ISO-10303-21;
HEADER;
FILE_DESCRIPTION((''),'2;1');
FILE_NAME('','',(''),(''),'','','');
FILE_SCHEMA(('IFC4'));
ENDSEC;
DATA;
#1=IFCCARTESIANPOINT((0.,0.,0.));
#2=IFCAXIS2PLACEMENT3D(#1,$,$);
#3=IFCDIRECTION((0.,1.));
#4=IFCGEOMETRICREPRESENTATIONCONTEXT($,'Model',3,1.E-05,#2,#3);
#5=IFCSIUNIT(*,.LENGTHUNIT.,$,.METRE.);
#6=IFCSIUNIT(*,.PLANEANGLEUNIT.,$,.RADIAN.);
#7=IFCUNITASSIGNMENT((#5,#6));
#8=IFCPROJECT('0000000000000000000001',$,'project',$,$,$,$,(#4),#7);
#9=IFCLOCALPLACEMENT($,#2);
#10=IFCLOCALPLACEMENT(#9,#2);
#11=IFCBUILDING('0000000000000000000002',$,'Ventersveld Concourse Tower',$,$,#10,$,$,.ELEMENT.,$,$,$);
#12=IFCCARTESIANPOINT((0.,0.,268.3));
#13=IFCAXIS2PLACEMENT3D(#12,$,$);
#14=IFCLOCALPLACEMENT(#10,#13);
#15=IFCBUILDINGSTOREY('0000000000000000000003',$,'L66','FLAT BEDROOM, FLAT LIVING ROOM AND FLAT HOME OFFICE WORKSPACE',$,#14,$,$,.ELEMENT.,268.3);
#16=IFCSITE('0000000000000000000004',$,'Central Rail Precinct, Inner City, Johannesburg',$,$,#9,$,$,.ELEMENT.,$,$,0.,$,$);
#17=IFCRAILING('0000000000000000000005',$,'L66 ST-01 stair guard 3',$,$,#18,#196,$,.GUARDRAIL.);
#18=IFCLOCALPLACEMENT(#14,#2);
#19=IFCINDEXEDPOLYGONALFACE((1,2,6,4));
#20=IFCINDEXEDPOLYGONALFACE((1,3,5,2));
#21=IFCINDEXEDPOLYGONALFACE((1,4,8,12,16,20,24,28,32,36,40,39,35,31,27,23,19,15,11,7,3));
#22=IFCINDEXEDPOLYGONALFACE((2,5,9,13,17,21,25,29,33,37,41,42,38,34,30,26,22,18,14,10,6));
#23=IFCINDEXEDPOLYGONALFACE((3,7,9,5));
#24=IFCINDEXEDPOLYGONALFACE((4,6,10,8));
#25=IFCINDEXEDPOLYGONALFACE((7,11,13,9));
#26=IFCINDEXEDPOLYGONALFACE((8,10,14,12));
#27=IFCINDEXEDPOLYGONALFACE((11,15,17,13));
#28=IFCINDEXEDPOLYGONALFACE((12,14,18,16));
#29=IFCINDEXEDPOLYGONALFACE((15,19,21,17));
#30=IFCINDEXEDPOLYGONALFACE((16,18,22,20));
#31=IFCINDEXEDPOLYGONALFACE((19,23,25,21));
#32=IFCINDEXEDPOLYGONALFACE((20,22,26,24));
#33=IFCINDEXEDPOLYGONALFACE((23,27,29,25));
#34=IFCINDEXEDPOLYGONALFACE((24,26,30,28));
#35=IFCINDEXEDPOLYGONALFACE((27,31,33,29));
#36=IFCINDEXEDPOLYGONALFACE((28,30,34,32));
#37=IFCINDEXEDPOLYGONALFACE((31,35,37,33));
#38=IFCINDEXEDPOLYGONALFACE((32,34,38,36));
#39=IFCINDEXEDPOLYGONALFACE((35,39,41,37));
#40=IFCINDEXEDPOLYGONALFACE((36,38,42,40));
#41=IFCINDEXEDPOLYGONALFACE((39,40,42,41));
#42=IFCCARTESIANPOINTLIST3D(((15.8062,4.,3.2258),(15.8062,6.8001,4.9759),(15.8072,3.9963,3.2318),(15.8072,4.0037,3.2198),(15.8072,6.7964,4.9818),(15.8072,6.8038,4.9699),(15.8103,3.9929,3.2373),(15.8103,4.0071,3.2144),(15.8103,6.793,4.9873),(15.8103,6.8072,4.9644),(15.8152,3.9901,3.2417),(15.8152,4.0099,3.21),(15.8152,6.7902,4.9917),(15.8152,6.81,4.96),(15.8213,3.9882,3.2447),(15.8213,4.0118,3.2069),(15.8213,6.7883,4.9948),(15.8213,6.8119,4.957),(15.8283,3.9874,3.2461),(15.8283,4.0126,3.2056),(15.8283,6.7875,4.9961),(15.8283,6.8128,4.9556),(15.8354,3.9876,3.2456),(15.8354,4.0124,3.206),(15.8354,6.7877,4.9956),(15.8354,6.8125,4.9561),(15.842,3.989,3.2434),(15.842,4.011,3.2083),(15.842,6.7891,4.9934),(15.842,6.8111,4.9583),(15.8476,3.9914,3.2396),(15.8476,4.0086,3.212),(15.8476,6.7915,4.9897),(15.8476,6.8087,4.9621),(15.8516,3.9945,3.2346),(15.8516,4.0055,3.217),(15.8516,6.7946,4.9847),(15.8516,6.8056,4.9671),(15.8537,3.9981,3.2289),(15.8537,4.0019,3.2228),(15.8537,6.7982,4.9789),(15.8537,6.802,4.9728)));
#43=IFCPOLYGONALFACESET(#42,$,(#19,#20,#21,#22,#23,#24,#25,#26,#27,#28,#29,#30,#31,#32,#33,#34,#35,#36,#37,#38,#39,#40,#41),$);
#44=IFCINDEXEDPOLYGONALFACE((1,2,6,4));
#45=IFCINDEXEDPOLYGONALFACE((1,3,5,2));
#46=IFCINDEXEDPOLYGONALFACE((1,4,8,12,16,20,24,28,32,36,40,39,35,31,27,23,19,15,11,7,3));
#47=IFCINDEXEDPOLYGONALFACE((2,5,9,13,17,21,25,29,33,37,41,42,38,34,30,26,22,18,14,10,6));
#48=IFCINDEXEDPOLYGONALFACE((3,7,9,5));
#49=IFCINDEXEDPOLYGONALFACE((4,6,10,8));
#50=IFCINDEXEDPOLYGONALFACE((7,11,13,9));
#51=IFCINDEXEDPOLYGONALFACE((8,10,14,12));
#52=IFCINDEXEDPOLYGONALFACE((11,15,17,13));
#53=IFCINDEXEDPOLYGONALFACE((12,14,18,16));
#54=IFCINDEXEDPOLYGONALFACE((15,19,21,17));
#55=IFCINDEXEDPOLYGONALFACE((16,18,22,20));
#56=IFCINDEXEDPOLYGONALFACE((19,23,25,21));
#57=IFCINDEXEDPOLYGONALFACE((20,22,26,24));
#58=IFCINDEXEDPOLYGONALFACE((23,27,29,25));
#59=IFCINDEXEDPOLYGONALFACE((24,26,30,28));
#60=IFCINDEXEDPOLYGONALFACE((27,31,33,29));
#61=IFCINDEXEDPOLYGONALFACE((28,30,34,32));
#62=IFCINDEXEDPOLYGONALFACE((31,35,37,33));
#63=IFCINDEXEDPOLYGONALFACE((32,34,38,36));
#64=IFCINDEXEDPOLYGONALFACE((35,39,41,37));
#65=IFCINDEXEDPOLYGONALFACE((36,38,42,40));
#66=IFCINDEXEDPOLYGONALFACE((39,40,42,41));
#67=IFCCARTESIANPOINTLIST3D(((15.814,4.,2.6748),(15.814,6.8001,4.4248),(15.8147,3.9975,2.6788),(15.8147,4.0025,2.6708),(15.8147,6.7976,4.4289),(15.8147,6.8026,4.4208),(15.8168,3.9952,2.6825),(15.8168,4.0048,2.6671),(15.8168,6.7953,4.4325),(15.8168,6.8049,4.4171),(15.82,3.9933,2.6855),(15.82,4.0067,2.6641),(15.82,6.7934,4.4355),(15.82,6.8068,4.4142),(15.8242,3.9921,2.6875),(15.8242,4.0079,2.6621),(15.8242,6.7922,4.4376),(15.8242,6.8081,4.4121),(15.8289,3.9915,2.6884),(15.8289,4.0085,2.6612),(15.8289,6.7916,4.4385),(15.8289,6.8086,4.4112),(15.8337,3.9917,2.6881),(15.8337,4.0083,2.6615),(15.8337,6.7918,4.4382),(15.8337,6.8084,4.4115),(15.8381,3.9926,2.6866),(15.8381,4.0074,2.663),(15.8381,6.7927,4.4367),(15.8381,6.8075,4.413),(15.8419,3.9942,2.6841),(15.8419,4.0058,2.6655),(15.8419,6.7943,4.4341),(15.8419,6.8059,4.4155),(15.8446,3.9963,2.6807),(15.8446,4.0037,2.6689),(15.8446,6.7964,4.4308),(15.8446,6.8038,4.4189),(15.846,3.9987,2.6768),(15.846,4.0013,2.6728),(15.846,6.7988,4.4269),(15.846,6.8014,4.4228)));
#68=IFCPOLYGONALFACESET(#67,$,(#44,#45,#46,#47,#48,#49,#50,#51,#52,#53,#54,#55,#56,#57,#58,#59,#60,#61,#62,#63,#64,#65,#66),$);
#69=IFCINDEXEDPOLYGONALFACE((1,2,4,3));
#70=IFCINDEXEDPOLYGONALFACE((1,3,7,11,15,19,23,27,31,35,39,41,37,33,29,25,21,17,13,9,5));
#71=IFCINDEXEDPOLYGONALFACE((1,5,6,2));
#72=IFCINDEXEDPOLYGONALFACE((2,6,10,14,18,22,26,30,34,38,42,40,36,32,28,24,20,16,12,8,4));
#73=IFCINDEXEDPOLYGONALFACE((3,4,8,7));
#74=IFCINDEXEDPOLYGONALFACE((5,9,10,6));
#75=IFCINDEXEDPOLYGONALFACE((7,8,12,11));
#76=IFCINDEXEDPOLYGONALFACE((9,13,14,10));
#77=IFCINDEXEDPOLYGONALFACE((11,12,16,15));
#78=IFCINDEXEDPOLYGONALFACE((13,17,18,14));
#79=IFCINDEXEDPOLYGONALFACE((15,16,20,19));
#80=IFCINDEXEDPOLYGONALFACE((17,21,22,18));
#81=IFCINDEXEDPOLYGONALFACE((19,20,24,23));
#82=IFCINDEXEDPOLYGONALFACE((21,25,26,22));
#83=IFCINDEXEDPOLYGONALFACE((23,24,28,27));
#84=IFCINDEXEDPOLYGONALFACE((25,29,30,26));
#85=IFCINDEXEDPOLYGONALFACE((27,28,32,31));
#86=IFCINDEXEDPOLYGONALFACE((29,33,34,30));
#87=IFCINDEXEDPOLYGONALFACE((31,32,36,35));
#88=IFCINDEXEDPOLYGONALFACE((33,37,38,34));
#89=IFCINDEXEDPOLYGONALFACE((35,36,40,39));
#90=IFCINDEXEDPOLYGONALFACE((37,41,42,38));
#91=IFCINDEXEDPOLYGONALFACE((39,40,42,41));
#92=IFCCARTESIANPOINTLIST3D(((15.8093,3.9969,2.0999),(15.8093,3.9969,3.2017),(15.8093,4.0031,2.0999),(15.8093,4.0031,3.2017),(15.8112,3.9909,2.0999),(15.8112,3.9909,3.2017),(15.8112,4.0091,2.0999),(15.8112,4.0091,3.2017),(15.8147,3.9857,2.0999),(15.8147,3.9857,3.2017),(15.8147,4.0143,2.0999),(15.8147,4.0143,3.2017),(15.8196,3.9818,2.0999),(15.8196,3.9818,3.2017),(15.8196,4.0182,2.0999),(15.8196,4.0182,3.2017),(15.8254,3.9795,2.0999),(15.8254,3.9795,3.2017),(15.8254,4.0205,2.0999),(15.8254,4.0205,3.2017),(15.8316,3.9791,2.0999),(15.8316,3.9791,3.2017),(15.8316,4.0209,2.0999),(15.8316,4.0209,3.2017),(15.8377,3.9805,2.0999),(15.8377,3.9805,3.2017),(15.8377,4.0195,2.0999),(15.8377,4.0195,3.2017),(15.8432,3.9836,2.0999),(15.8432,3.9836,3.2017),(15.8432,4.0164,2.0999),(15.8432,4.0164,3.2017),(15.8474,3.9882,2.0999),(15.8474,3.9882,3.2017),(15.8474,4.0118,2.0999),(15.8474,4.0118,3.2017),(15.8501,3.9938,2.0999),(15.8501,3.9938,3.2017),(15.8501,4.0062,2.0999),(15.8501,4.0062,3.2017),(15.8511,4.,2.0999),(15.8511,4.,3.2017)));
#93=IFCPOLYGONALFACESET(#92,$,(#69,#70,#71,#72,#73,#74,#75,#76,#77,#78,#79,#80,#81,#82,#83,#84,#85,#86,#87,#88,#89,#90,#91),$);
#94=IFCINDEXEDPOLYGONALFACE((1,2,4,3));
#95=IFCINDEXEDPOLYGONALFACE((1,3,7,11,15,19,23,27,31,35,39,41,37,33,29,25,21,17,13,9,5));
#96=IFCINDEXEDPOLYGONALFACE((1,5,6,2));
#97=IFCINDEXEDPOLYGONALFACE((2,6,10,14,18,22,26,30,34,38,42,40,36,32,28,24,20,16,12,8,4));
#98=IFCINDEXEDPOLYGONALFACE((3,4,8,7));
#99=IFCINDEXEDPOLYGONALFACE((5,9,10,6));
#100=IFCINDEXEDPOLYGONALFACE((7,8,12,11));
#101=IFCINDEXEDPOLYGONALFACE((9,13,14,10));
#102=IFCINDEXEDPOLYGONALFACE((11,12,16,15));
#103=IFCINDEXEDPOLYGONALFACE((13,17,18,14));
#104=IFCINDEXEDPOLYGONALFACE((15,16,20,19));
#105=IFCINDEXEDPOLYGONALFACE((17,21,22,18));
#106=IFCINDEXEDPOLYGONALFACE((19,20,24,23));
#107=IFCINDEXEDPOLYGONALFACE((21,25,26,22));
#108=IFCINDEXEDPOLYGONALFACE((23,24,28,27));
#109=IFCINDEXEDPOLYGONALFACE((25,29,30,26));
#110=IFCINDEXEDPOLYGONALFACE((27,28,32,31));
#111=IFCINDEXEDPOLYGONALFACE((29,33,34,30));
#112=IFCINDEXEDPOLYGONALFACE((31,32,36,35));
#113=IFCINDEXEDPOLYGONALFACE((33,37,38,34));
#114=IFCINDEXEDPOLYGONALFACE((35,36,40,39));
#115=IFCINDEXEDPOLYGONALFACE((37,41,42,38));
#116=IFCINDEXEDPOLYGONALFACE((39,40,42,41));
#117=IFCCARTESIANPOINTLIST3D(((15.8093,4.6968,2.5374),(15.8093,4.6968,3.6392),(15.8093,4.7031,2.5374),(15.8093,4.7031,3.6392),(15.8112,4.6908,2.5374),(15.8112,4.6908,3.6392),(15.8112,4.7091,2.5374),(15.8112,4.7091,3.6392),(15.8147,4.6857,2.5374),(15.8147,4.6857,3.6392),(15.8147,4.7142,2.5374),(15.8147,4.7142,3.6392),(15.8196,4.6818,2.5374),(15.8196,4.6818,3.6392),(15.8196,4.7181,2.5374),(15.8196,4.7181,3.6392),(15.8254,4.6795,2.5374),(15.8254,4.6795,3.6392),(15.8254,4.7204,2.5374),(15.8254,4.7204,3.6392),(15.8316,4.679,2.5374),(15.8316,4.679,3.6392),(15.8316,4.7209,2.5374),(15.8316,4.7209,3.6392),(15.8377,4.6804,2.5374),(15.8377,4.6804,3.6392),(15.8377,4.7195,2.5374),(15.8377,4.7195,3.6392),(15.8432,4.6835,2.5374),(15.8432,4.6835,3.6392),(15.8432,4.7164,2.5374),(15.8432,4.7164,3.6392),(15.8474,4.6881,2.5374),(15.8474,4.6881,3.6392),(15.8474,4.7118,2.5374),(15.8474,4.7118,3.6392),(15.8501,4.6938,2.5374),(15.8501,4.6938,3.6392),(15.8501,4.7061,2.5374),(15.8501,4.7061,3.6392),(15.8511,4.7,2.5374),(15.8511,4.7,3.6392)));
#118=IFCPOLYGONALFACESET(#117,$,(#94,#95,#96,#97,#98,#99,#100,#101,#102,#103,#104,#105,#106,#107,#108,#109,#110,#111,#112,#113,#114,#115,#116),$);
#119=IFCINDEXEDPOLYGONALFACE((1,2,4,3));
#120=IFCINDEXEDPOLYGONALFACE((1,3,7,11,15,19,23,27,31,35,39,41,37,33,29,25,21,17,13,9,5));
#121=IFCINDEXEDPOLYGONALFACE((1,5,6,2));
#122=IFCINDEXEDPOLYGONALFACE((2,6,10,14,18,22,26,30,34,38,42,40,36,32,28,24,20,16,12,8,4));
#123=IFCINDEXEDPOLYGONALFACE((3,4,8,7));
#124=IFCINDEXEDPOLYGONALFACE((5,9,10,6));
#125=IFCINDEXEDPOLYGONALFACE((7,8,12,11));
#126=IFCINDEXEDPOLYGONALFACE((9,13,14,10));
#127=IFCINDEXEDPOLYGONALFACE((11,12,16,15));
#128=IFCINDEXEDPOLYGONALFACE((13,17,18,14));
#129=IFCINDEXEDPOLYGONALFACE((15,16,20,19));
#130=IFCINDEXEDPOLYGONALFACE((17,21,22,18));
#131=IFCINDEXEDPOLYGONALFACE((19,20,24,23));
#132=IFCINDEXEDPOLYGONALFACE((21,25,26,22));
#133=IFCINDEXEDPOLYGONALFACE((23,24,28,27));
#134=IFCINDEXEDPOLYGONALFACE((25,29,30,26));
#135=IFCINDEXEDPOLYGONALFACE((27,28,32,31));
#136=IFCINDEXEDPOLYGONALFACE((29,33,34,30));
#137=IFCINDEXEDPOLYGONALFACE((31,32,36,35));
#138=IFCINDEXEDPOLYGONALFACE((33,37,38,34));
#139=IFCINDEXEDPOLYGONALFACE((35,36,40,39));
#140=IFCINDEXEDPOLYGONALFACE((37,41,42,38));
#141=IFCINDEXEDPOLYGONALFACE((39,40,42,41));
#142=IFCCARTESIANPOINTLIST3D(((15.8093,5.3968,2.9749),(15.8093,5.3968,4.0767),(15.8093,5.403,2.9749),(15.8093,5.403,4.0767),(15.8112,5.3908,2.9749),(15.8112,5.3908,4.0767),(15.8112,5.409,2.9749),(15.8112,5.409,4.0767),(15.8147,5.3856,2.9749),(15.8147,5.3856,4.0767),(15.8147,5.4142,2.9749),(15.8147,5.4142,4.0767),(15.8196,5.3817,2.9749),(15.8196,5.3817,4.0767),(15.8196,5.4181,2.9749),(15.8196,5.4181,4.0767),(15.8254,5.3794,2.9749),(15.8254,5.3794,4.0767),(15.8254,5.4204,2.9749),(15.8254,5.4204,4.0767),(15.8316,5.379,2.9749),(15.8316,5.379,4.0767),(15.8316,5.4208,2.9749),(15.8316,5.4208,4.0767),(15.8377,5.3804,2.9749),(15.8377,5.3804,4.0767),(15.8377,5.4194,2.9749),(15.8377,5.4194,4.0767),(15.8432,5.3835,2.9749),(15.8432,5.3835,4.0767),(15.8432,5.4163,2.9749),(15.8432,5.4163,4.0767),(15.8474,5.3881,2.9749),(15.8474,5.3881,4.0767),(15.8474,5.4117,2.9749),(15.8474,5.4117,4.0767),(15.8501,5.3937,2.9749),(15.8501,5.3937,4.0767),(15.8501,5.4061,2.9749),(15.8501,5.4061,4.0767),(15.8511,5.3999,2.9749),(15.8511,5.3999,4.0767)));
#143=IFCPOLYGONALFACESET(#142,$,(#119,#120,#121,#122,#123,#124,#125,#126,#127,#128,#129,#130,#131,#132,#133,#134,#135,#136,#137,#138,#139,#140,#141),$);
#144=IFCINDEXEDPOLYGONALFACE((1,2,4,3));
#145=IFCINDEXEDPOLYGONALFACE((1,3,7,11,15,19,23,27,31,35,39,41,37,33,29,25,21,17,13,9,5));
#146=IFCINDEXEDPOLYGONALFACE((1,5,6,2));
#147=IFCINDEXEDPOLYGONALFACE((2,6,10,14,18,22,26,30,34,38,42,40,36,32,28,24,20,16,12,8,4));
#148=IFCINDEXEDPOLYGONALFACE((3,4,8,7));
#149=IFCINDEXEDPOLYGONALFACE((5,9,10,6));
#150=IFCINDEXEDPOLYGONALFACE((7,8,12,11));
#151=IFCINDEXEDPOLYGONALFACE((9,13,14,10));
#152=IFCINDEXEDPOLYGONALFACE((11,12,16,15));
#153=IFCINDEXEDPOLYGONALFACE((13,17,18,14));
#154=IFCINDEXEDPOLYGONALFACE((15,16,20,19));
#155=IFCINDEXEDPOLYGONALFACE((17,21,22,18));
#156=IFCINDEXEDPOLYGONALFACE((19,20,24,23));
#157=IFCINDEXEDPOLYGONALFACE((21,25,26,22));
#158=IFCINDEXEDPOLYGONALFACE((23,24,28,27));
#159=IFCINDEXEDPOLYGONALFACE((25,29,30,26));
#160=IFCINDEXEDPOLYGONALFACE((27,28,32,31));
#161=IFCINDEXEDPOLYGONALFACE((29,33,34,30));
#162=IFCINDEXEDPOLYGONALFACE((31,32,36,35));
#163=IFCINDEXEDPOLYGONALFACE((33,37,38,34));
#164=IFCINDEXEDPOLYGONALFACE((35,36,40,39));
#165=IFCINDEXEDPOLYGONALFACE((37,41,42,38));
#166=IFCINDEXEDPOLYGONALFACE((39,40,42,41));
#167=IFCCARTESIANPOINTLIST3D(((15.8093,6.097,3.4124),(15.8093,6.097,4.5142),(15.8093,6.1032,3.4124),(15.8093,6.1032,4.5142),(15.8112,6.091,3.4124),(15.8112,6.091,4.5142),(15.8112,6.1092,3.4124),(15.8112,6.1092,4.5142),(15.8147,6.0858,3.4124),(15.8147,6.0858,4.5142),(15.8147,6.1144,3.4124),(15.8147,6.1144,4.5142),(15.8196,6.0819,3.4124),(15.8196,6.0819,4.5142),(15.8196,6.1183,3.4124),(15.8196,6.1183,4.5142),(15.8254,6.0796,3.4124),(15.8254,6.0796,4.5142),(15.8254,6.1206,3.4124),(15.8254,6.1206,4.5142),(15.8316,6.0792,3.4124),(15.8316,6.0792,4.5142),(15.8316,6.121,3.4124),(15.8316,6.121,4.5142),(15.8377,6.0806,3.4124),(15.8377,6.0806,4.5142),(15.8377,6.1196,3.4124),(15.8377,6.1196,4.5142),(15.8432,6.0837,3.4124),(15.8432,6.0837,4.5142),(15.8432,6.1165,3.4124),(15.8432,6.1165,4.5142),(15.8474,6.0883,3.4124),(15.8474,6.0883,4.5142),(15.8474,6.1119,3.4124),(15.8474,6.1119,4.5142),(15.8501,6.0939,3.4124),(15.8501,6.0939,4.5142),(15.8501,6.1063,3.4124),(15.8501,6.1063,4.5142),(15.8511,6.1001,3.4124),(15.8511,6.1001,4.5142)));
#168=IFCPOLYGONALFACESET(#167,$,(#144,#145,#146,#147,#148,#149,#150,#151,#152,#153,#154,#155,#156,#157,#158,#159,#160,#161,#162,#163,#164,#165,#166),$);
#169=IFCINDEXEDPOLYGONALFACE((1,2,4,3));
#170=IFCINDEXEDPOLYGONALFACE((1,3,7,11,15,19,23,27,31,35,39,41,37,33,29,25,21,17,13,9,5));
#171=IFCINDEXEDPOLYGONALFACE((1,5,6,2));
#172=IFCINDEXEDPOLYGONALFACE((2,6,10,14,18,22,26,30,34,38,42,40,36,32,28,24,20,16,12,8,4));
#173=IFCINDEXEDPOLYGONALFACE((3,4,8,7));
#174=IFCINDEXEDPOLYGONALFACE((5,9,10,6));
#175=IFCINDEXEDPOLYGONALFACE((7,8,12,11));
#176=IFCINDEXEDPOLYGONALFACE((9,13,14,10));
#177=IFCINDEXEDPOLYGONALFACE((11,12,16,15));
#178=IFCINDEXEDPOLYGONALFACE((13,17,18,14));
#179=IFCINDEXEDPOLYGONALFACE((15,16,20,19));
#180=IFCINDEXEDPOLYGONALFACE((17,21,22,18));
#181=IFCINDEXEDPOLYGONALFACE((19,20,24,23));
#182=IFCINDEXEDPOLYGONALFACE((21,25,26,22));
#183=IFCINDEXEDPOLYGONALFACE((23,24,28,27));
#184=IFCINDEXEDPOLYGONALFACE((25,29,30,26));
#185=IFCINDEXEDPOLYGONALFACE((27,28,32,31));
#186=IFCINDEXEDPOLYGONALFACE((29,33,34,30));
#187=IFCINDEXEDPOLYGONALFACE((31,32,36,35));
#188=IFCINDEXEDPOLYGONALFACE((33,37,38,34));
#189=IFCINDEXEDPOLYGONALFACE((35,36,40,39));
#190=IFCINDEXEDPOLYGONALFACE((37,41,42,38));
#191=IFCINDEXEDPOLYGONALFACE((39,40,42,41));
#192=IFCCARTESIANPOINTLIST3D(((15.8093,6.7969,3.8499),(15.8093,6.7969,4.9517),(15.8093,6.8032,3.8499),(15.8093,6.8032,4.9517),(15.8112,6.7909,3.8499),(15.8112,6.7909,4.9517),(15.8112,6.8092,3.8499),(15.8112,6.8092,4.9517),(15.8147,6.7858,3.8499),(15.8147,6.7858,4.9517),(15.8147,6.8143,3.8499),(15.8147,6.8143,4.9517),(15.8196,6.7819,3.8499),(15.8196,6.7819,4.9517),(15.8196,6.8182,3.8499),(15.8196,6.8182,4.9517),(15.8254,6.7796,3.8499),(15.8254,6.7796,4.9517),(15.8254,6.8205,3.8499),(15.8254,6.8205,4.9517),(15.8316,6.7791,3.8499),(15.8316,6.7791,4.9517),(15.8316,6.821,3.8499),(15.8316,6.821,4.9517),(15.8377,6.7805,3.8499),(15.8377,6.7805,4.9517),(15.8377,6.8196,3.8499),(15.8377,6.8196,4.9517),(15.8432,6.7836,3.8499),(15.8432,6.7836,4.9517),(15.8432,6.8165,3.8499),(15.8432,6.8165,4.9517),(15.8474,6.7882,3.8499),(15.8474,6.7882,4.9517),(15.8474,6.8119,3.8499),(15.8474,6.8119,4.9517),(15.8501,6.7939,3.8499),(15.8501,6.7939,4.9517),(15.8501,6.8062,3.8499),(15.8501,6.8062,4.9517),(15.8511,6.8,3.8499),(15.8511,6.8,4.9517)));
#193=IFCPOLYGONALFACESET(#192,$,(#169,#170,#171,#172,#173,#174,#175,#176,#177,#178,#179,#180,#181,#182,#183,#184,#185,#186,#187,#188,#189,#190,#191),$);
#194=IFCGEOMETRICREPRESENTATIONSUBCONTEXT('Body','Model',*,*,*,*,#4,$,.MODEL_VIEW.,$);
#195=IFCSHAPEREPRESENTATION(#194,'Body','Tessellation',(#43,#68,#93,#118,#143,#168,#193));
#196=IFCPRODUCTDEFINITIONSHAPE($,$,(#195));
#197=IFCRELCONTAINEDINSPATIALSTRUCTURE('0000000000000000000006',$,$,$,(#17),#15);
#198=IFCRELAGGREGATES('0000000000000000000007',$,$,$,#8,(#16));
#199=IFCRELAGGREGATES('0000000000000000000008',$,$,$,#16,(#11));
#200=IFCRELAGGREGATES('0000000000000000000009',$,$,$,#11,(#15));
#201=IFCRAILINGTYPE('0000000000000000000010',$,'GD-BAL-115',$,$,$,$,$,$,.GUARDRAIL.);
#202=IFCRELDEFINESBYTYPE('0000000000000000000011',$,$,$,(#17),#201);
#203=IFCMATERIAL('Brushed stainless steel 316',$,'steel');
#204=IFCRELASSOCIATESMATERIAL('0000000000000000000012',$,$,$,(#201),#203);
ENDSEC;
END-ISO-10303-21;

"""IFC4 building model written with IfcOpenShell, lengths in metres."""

from ifc_helpers import new_model, si_unit, direction, frame, origin, origin_2d, place, context, subcontext, project, spatial, circle, extrude, material, type_object, element, save


model = new_model("IFC4")

# Units and contexts
model_context = context("Model", 3, precision=1e-05, world=origin(), true_north=direction((0.0, 1.0)))
body_context = subcontext(model_context, "Body", "Model", "MODEL_VIEW")
ifc_project = project(units=[si_unit("LENGTHUNIT", "METRE"), si_unit("PLANEANGLEUNIT", "RADIAN")], contexts=[model_context])

# Site, building, storey
site_placement = place(None, origin())
site = spatial("IfcSite", under=ifc_project, at=site_placement, Name="Central Rail Precinct, Inner City, Johannesburg", CompositionType="ELEMENT", RefElevation=0.0)
building_placement = place(site_placement, origin())
building = spatial("IfcBuilding", under=site, at=building_placement, Name="Ventersveld Concourse Tower", CompositionType="ELEMENT")
storey_placement = place(building_placement, frame((0.0, 0.0, 268.3)))
storey = spatial("IfcBuildingStorey", under=building, at=storey_placement, Name="L66", Description="FLAT BEDROOM, FLAT LIVING ROOM AND FLAT HOME OFFICE WORKSPACE", CompositionType="ELEMENT", Elevation=268.3)

# Shared definitions
ifc_material_1 = material(Name="Brushed stainless steel 316", Category="steel")

# Railing
railing_type_1 = type_object("IfcRailingType", Name="GD-BAL-115", PredefinedType="GUARDRAIL", material=ifc_material_1)
railing_1_placement = place(storey_placement, frame((15.8301, 4.0, 2.0999)))
element("IfcRailing", 1, at=railing_1_placement, inside=storey, type_object=railing_type_1, Name="L66 ST-01 stair guard 3", PredefinedType="GUARDRAIL", context=body_context, shape_type="SweptSolid", body=[
    extrude(circle(Radius=0.0239, at=origin_2d()), frame((0.0, 0.0, 1.126), z_axis=(0.0, 0.848002, 0.529992), x_axis=(-1.0, 0.0, 0.0)), (0.0, 0.0, 1.0), 3.302),
    extrude(circle(Radius=0.0161, at=origin_2d()), frame((0.0, 0.0, 0.575), z_axis=(0.0, 0.848002, 0.529992), x_axis=(-1.0, 0.0, 0.0)), (0.0, 0.0, 1.0), 3.302),
    extrude(circle(Radius=0.021, at=origin_2d()), origin(), (0.0, 0.0, 1.0), 1.1018),
    extrude(circle(Radius=0.021, at=origin_2d()), frame((0.0, 0.7, 0.4375)), (0.0, 0.0, 1.0), 1.1018),
    extrude(circle(Radius=0.021, at=origin_2d()), frame((0.0, 1.3999, 0.875)), (0.0, 0.0, 1.0), 1.1018),
    extrude(circle(Radius=0.021, at=origin_2d()), frame((0.0, 2.1001, 1.3125)), (0.0, 0.0, 1.0), 1.1018),
    extrude(circle(Radius=0.021, at=origin_2d()), frame((0.0, 2.8, 1.75)), (0.0, 0.0, 1.0), 1.1018),
])

save(model, "model.ifc")
